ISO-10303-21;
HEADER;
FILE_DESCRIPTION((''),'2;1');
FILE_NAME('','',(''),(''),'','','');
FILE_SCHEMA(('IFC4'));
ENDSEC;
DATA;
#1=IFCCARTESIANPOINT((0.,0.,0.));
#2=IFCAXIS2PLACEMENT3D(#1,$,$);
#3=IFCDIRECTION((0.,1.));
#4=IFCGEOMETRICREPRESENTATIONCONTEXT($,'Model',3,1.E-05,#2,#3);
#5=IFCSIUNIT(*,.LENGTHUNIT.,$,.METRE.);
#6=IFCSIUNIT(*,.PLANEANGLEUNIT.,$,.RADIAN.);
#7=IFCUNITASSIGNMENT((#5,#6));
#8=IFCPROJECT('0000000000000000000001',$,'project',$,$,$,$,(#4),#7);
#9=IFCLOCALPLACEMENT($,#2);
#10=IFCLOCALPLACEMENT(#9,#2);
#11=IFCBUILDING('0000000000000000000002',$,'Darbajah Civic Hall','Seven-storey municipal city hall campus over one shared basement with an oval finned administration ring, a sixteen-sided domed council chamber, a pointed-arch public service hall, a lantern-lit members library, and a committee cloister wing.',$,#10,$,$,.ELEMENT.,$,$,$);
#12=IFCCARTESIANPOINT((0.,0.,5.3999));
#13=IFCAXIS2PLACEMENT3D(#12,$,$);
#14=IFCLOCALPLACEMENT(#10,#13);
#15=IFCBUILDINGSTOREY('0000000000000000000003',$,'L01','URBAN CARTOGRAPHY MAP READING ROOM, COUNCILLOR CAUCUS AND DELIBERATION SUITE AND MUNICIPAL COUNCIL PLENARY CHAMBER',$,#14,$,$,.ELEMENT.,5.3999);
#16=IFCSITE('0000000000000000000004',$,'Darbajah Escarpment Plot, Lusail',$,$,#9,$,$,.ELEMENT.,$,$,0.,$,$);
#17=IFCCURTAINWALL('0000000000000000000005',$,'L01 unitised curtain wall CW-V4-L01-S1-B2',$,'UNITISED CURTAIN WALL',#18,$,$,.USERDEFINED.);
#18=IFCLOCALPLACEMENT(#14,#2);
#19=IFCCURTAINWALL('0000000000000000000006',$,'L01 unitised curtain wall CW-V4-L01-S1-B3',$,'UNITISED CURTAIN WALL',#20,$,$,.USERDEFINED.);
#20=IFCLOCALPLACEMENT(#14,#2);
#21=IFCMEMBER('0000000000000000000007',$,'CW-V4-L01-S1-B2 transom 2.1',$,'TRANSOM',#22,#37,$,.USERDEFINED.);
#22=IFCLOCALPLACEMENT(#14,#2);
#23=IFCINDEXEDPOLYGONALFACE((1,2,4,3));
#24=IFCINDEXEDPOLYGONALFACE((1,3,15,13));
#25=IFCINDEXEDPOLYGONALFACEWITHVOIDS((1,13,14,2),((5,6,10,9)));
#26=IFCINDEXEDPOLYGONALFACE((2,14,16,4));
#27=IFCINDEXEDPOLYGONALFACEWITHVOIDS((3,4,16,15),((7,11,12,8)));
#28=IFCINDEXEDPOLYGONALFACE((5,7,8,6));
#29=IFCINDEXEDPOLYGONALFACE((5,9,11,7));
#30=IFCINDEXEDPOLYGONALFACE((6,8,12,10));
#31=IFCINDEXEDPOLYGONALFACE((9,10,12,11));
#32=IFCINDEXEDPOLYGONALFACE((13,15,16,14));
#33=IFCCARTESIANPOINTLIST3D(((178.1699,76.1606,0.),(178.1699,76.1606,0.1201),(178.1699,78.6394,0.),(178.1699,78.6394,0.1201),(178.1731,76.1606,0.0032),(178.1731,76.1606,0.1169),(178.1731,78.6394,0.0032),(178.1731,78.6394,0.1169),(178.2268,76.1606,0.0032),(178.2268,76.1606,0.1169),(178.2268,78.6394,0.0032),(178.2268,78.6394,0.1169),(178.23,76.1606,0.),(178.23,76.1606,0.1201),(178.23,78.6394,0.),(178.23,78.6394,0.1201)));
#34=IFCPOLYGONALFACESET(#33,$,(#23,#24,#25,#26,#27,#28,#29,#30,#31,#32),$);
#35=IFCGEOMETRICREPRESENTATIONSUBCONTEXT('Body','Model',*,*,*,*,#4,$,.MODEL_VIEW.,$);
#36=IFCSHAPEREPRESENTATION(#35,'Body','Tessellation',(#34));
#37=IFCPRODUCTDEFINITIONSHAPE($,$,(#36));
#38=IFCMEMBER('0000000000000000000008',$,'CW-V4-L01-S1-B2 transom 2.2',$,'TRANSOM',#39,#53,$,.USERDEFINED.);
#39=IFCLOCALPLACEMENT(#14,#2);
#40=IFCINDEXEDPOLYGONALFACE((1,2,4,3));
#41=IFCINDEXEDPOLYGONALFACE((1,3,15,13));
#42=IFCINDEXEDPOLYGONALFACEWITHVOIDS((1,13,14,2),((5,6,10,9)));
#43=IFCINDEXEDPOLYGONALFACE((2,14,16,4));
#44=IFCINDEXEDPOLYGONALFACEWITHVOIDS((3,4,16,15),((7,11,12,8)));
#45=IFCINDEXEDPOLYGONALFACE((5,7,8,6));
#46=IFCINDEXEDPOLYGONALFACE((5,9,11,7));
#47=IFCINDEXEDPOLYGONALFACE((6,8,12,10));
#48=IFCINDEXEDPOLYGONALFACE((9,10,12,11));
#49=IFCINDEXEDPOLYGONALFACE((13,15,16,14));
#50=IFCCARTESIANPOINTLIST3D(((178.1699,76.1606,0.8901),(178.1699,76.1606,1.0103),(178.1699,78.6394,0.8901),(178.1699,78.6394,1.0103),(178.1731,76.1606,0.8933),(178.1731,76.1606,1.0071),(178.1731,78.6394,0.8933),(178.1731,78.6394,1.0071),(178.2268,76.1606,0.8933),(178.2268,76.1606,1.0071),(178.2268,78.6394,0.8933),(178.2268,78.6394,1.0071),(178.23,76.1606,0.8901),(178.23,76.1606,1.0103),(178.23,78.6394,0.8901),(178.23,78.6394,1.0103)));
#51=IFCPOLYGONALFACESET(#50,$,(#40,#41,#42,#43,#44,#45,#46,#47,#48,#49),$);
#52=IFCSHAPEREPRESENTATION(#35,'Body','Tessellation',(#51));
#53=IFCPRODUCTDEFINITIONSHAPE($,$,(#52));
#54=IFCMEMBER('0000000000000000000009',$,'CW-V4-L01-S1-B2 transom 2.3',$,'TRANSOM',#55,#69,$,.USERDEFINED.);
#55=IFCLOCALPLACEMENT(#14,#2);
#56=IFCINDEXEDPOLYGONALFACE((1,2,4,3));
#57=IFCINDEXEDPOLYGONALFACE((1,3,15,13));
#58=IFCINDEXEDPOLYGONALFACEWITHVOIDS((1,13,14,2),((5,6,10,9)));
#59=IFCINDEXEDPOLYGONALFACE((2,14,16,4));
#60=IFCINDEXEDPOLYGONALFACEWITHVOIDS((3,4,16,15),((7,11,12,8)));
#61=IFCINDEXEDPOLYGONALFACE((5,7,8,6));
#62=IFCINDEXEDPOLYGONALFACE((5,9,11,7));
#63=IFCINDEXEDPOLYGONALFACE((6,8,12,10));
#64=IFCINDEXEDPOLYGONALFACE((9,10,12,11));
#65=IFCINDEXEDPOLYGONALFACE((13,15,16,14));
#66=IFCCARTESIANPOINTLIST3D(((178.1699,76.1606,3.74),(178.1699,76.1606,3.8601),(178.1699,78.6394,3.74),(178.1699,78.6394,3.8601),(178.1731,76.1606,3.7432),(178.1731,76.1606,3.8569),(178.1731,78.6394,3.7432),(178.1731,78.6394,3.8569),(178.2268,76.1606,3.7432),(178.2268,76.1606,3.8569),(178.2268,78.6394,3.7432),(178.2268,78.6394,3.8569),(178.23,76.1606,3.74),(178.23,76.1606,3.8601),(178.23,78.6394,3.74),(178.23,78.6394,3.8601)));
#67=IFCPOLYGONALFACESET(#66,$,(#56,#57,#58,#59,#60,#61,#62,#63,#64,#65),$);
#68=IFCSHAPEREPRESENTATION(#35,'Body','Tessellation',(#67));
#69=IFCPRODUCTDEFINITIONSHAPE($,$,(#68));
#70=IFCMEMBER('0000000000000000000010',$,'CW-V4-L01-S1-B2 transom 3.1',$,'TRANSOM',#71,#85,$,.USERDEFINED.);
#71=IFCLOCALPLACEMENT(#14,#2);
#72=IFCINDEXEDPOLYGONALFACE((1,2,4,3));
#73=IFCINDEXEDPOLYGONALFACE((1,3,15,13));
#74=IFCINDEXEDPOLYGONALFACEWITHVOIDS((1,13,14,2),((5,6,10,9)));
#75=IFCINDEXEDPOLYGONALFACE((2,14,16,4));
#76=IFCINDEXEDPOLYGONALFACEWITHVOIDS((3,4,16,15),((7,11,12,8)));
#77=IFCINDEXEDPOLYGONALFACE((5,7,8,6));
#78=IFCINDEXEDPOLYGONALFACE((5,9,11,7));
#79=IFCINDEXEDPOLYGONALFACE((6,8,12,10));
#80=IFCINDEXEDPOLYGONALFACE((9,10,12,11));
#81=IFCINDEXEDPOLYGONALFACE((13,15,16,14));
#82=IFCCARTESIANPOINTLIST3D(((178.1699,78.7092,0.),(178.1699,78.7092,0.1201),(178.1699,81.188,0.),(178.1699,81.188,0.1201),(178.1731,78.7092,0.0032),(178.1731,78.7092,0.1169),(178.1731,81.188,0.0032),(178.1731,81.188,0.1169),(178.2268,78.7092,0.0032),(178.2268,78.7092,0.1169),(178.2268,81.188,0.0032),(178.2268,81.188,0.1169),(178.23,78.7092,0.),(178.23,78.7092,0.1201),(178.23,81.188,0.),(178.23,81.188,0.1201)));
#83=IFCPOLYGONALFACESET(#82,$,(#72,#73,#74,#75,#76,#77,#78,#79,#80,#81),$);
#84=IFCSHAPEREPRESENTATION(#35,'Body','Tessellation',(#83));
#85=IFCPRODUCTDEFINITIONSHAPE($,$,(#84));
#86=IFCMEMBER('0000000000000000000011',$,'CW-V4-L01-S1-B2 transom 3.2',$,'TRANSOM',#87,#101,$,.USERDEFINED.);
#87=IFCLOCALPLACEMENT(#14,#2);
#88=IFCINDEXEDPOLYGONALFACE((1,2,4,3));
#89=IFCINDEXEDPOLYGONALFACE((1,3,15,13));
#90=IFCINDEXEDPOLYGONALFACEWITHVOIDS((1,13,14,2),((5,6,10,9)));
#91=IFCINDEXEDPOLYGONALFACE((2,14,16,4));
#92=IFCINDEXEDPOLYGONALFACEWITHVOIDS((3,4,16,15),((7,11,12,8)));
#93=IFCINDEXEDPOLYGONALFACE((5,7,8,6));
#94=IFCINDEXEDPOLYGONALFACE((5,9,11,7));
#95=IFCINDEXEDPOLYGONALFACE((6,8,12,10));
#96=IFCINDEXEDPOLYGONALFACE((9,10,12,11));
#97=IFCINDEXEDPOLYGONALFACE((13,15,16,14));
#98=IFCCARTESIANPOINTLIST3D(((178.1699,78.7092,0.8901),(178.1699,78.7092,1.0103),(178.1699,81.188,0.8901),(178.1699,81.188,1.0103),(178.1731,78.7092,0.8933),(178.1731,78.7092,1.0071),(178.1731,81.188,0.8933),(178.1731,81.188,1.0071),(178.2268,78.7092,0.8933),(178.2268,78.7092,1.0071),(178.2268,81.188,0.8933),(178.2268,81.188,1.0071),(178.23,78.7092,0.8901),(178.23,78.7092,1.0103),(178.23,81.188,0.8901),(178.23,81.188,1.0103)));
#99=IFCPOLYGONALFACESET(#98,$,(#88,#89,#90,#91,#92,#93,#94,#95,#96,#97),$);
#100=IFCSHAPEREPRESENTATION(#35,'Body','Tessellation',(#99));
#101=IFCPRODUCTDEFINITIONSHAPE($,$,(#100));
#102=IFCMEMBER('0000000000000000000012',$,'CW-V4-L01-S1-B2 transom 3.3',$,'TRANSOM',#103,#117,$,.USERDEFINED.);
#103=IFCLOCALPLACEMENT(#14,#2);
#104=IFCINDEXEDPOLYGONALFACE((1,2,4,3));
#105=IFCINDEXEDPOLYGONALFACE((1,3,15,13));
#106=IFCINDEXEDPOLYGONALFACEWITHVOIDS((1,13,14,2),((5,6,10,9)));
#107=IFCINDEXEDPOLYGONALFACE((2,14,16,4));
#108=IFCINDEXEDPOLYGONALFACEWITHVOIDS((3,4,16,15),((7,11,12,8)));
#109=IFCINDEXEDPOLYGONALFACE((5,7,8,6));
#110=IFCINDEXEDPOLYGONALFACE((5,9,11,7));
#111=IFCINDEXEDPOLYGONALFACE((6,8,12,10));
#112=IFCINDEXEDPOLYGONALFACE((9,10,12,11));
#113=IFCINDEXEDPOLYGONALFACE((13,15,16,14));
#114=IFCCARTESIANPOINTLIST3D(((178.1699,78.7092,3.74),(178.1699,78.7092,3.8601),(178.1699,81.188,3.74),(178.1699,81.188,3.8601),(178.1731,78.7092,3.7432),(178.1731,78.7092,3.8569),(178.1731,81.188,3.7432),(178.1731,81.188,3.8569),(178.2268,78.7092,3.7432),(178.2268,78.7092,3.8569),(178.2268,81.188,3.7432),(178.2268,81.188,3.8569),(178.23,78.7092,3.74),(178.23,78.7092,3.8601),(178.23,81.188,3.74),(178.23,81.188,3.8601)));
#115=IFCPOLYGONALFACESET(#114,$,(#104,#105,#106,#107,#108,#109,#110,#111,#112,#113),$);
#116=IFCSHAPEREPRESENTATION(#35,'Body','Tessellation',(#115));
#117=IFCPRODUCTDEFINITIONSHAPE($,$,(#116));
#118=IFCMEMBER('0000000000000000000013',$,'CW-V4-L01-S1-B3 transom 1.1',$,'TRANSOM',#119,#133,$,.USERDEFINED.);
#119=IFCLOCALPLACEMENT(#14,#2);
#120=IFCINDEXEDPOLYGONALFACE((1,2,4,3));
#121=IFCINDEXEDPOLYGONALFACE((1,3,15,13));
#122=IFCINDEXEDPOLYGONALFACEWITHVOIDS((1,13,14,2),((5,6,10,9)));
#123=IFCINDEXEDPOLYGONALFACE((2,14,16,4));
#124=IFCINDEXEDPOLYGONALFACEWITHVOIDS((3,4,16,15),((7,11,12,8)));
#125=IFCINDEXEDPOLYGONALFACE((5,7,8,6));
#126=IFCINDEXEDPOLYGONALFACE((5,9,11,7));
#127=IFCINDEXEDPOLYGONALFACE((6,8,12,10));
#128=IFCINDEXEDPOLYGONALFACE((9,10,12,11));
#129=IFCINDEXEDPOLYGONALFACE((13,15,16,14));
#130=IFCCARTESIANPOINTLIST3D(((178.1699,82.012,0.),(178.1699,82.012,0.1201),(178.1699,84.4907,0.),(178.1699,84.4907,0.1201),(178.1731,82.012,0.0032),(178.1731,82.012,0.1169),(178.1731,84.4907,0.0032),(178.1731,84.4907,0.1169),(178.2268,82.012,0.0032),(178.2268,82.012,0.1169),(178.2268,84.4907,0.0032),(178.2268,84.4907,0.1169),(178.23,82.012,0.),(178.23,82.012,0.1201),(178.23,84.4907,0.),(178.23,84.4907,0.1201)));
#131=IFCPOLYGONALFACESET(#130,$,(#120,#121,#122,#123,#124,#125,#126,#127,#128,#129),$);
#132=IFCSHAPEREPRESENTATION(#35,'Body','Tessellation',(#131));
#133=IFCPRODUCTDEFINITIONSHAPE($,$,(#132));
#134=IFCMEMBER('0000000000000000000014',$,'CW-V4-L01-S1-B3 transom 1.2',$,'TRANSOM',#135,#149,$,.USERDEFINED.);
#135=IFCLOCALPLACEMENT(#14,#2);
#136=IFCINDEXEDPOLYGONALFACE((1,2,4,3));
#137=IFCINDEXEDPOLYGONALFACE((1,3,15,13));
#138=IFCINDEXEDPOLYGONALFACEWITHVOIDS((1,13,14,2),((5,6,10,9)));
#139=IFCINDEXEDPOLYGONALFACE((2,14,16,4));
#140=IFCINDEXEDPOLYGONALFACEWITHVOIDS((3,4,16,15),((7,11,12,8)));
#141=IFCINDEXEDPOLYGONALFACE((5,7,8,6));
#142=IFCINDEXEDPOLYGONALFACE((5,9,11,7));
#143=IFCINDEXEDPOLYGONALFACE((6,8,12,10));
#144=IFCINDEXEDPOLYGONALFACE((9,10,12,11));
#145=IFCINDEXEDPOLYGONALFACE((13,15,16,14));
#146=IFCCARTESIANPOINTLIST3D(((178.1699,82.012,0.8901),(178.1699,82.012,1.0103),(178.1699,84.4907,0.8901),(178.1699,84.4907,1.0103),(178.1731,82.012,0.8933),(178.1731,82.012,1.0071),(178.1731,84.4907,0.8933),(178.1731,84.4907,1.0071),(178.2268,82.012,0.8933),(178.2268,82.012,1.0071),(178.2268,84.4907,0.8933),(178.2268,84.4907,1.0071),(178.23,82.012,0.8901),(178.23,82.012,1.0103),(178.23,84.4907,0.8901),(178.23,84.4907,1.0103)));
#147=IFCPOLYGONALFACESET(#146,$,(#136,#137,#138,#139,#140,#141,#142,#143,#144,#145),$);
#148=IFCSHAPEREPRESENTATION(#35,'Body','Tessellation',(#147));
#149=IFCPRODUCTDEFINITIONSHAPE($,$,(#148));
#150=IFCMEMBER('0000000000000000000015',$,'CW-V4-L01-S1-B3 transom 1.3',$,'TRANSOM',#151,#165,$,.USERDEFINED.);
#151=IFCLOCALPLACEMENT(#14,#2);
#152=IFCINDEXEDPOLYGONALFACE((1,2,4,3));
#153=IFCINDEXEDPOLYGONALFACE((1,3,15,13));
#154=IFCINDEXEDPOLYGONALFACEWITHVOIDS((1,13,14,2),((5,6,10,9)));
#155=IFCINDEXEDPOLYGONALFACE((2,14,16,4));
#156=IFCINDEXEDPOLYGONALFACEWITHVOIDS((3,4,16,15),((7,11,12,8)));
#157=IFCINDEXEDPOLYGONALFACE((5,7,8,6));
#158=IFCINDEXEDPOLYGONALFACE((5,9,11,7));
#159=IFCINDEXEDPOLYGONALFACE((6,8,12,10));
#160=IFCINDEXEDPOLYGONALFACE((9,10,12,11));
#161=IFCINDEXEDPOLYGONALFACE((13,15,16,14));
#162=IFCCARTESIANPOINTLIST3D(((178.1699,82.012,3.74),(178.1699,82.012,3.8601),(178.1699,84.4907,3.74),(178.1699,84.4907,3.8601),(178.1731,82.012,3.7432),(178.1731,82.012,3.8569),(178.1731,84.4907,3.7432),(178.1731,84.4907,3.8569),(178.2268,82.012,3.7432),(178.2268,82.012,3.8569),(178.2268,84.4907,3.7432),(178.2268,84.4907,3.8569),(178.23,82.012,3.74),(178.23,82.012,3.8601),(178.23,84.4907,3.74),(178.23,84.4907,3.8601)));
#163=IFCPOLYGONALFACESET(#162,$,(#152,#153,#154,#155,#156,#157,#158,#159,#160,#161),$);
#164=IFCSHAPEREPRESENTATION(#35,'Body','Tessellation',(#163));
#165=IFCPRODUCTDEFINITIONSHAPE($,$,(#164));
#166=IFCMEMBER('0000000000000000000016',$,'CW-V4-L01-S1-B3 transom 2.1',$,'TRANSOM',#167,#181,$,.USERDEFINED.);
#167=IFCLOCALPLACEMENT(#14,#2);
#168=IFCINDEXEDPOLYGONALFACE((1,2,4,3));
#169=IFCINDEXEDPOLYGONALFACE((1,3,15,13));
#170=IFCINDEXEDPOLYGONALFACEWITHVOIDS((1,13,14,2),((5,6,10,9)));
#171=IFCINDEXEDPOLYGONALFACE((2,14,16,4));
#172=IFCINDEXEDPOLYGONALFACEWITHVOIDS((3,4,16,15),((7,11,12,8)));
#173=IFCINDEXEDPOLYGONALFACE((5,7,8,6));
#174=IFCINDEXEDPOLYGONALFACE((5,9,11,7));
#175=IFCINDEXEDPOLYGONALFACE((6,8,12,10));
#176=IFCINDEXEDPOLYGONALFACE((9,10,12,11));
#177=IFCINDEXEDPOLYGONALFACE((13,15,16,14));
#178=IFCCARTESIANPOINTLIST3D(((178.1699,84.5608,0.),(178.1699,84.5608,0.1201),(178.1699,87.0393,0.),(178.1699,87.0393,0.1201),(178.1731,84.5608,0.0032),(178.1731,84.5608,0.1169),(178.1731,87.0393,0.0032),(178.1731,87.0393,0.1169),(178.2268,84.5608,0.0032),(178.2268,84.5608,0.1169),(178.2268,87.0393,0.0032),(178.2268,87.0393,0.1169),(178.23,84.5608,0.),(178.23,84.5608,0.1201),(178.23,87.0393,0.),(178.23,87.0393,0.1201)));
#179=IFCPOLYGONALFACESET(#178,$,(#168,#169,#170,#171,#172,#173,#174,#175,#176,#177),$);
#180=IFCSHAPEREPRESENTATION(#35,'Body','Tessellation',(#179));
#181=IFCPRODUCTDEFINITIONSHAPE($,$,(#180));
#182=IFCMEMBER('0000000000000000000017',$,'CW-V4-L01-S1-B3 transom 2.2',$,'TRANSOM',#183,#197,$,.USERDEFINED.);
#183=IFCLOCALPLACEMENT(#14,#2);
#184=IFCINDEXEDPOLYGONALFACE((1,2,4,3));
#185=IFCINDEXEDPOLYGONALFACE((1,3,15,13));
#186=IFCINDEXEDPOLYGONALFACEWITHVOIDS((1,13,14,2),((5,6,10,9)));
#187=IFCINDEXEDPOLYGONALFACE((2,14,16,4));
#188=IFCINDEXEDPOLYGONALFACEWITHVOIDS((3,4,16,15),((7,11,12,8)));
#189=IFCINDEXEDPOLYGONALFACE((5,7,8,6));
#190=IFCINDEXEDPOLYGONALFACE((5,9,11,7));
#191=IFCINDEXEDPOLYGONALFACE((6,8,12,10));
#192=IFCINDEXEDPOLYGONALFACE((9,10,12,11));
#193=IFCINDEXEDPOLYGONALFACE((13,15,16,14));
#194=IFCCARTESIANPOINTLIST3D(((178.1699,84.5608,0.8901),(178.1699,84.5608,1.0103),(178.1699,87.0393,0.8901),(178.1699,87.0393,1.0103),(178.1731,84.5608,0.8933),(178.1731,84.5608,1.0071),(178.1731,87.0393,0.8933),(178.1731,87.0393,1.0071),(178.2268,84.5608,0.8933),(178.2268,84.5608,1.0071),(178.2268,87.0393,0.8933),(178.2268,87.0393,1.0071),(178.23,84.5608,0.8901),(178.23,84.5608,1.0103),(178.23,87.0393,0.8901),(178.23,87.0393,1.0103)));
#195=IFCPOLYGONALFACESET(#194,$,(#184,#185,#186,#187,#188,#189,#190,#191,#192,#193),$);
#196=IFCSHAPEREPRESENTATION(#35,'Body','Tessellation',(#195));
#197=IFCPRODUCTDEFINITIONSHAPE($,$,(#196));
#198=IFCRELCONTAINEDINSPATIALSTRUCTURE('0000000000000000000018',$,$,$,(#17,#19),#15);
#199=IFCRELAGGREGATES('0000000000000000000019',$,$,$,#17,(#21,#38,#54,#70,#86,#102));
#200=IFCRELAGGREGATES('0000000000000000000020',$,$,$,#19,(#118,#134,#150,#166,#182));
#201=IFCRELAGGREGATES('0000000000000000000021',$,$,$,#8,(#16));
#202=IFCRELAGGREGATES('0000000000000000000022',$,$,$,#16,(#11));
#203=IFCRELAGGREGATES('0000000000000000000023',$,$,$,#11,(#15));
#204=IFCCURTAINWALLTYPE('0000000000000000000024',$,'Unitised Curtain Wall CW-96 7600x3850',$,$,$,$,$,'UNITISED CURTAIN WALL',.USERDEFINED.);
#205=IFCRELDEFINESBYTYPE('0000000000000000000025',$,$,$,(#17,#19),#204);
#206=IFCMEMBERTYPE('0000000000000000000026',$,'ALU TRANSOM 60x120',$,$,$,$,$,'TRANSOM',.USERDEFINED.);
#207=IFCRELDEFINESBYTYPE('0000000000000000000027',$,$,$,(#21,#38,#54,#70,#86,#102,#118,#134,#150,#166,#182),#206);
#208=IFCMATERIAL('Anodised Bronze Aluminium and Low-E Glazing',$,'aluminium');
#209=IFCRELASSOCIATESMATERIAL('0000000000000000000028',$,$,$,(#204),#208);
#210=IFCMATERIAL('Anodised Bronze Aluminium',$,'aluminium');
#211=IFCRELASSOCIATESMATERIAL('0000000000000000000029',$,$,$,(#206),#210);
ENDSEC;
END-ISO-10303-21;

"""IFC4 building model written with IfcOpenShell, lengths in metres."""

from ifc_helpers import new_model, si_unit, direction, frame, origin, origin_2d, place, context, subcontext, project, spatial, hollow_rectangle, extrude, material, material_profile, profile_set, type_object, element, aggregate, save


model = new_model("IFC4")

# Units and contexts
model_context = context("Model", 3, precision=1e-05, world=origin(), true_north=direction((0.0, 1.0)))
body_context = subcontext(model_context, "Body", "Model", "MODEL_VIEW")
ifc_project = project(units=[si_unit("LENGTHUNIT", "METRE"), si_unit("PLANEANGLEUNIT", "RADIAN")], contexts=[model_context])

# Site, building, storey
site_placement = place(None, origin())
site = spatial("IfcSite", under=ifc_project, at=site_placement, Name="Darbajah Escarpment Plot, Lusail", CompositionType="ELEMENT", RefElevation=0.0)
building_placement = place(site_placement, origin())
building = spatial("IfcBuilding", under=site, at=building_placement, Name="Darbajah Civic Hall", Description="Seven-storey municipal city hall campus over one shared basement with an oval finned administration ring, a sixteen-sided domed council chamber, a pointed-arch public service hall, a lantern-lit members library, and a committee cloister wing.", CompositionType="ELEMENT")
storey_placement = place(building_placement, frame((0.0, 0.0, 5.3999)))
storey = spatial("IfcBuildingStorey", under=building, at=storey_placement, Name="L01", Description="URBAN CARTOGRAPHY MAP READING ROOM, COUNCILLOR CAUCUS AND DELIBERATION SUITE AND MUNICIPAL COUNCIL PLENARY CHAMBER", CompositionType="ELEMENT", Elevation=5.3999)

# Curtain walls
ifc_material_1 = material(Name="Anodised Bronze Aluminium and Low-E Glazing", Category="aluminium")
curtain_wall_type = type_object("IfcCurtainWallType", Name="Unitised Curtain Wall CW-96 7600x3850", ElementType="UNITISED CURTAIN WALL", PredefinedType="USERDEFINED", material=ifc_material_1)
curtain_wall_1_placement = place(storey_placement, origin())
curtain_wall_1 = element("IfcCurtainWall", 1, at=curtain_wall_1_placement, inside=storey, type_object=curtain_wall_type, Name="L01 unitised curtain wall CW-V4-L01-S1-B2", ObjectType="UNITISED CURTAIN WALL", PredefinedType="USERDEFINED")
ifc_material_2 = material(Name="Anodised Bronze Aluminium", Category="aluminium")
curtain_wall_2_placement = place(storey_placement, origin())
curtain_wall_2 = element("IfcCurtainWall", 2, at=curtain_wall_2_placement, inside=storey, type_object=curtain_wall_type, Name="L01 unitised curtain wall CW-V4-L01-S1-B3", ObjectType="UNITISED CURTAIN WALL", PredefinedType="USERDEFINED")

# Members
ifc_material_profile_1 = material_profile(ifc_material_2, hollow_rectangle(XDim=0.0601, YDim=0.1201, WallThickness=0.0032, at=origin_2d()), Name="ALU TRANSOM 60x120")
ifc_profile_set_1 = profile_set([ifc_material_profile_1], Name="Anodised Bronze Aluminium")
member_type_1 = type_object("IfcMemberType", Name="ALU TRANSOM 60x120", ElementType="TRANSOM", PredefinedType="USERDEFINED", material=ifc_profile_set_1)
member_1_placement = place(storey_placement, frame((178.2, 76.1606, 0.0601), z_axis=(0.0, 1.0, 0.0), x_axis=(-1.0, 0.0, 0.0)))
member_1 = element("IfcMember", 3, at=member_1_placement, type_object=member_type_1, Name="CW-V4-L01-S1-B2 transom 2.1", ObjectType="TRANSOM", PredefinedType="USERDEFINED", context=body_context, shape_type="SweptSolid", body=[
    extrude(hollow_rectangle(XDim=0.0601, YDim=0.1201, WallThickness=0.0032, at=origin_2d()), origin(), (0.0, 0.0, 1.0), 2.4788),
])
member_2_placement = place(storey_placement, frame((178.2, 76.1606, 0.9502), z_axis=(0.0, 1.0, 0.0), x_axis=(-1.0, 0.0, 0.0)))
member_2 = element("IfcMember", 4, at=member_2_placement, type_object=member_type_1, Name="CW-V4-L01-S1-B2 transom 2.2", ObjectType="TRANSOM", PredefinedType="USERDEFINED", context=body_context, shape_type="SweptSolid", body=[
    extrude(hollow_rectangle(XDim=0.0601, YDim=0.1201, WallThickness=0.0032, at=origin_2d()), origin(), (0.0, 0.0, 1.0), 2.4788),
])
member_3_placement = place(storey_placement, frame((178.2, 76.1606, 3.8), z_axis=(0.0, 1.0, 0.0), x_axis=(-1.0, 0.0, 0.0)))
member_3 = element("IfcMember", 5, at=member_3_placement, type_object=member_type_1, Name="CW-V4-L01-S1-B2 transom 2.3", ObjectType="TRANSOM", PredefinedType="USERDEFINED", context=body_context, shape_type="SweptSolid", body=[
    extrude(hollow_rectangle(XDim=0.0601, YDim=0.1201, WallThickness=0.0032, at=origin_2d()), origin(), (0.0, 0.0, 1.0), 2.4788),
])
member_4_placement = place(storey_placement, frame((178.2, 78.7092, 0.0601), z_axis=(0.0, 1.0, 0.0), x_axis=(-1.0, 0.0, 0.0)))
member_4 = element("IfcMember", 6, at=member_4_placement, type_object=member_type_1, Name="CW-V4-L01-S1-B2 transom 3.1", ObjectType="TRANSOM", PredefinedType="USERDEFINED", context=body_context, shape_type="SweptSolid", body=[
    extrude(hollow_rectangle(XDim=0.0601, YDim=0.1201, WallThickness=0.0032, at=origin_2d()), origin(), (0.0, 0.0, 1.0), 2.4788),
])
member_5_placement = place(storey_placement, frame((178.2, 78.7092, 0.9502), z_axis=(0.0, 1.0, 0.0), x_axis=(-1.0, 0.0, 0.0)))
member_5 = element("IfcMember", 7, at=member_5_placement, type_object=member_type_1, Name="CW-V4-L01-S1-B2 transom 3.2", ObjectType="TRANSOM", PredefinedType="USERDEFINED", context=body_context, shape_type="SweptSolid", body=[
    extrude(hollow_rectangle(XDim=0.0601, YDim=0.1201, WallThickness=0.0032, at=origin_2d()), origin(), (0.0, 0.0, 1.0), 2.4788),
])
member_6_placement = place(storey_placement, frame((178.2, 78.7092, 3.8), z_axis=(0.0, 1.0, 0.0), x_axis=(-1.0, 0.0, 0.0)))
member_6 = element("IfcMember", 8, at=member_6_placement, type_object=member_type_1, Name="CW-V4-L01-S1-B2 transom 3.3", ObjectType="TRANSOM", PredefinedType="USERDEFINED", context=body_context, shape_type="SweptSolid", body=[
    extrude(hollow_rectangle(XDim=0.0601, YDim=0.1201, WallThickness=0.0032, at=origin_2d()), origin(), (0.0, 0.0, 1.0), 2.4788),
])
member_7_placement = place(storey_placement, frame((178.2, 82.012, 0.0601), z_axis=(0.0, 1.0, 0.0), x_axis=(-1.0, 0.0, 0.0)))
member_7 = element("IfcMember", 9, at=member_7_placement, type_object=member_type_1, Name="CW-V4-L01-S1-B3 transom 1.1", ObjectType="TRANSOM", PredefinedType="USERDEFINED", context=body_context, shape_type="SweptSolid", body=[
    extrude(hollow_rectangle(XDim=0.0601, YDim=0.1201, WallThickness=0.0032, at=origin_2d()), origin(), (0.0, 0.0, 1.0), 2.4788),
])
member_8_placement = place(storey_placement, frame((178.2, 82.012, 0.9502), z_axis=(0.0, 1.0, 0.0), x_axis=(-1.0, 0.0, 0.0)))
member_8 = element("IfcMember", 10, at=member_8_placement, type_object=member_type_1, Name="CW-V4-L01-S1-B3 transom 1.2", ObjectType="TRANSOM", PredefinedType="USERDEFINED", context=body_context, shape_type="SweptSolid", body=[
    extrude(hollow_rectangle(XDim=0.0601, YDim=0.1201, WallThickness=0.0032, at=origin_2d()), origin(), (0.0, 0.0, 1.0), 2.4788),
])
member_9_placement = place(storey_placement, frame((178.2, 82.012, 3.8), z_axis=(0.0, 1.0, 0.0), x_axis=(-1.0, 0.0, 0.0)))
member_9 = element("IfcMember", 11, at=member_9_placement, type_object=member_type_1, Name="CW-V4-L01-S1-B3 transom 1.3", ObjectType="TRANSOM", PredefinedType="USERDEFINED", context=body_context, shape_type="SweptSolid", body=[
    extrude(hollow_rectangle(XDim=0.0601, YDim=0.1201, WallThickness=0.0032, at=origin_2d()), origin(), (0.0, 0.0, 1.0), 2.4788),
])
member_10_placement = place(storey_placement, frame((178.2, 84.5608, 0.0601), z_axis=(0.0, 1.0, 0.0), x_axis=(-1.0, 0.0, 0.0)))
member_10 = element("IfcMember", 12, at=member_10_placement, type_object=member_type_1, Name="CW-V4-L01-S1-B3 transom 2.1", ObjectType="TRANSOM", PredefinedType="USERDEFINED", context=body_context, shape_type="SweptSolid", body=[
    extrude(hollow_rectangle(XDim=0.0601, YDim=0.1201, WallThickness=0.0032, at=origin_2d()), origin(), (0.0, 0.0, 1.0), 2.4785),
])
member_11_placement = place(storey_placement, frame((178.2, 84.5608, 0.9502), z_axis=(0.0, 1.0, 0.0), x_axis=(-1.0, 0.0, 0.0)))
member_11 = element("IfcMember", 13, at=member_11_placement, type_object=member_type_1, Name="CW-V4-L01-S1-B3 transom 2.2", ObjectType="TRANSOM", PredefinedType="USERDEFINED", context=body_context, shape_type="SweptSolid", body=[
    extrude(hollow_rectangle(XDim=0.0601, YDim=0.1201, WallThickness=0.0032, at=origin_2d()), origin(), (0.0, 0.0, 1.0), 2.4785),
])

aggregate(curtain_wall_1, [member_1, member_2, member_3, member_4, member_5, member_6])
aggregate(curtain_wall_2, [member_7, member_8, member_9, member_10, member_11])

save(model, "model.ifc")
